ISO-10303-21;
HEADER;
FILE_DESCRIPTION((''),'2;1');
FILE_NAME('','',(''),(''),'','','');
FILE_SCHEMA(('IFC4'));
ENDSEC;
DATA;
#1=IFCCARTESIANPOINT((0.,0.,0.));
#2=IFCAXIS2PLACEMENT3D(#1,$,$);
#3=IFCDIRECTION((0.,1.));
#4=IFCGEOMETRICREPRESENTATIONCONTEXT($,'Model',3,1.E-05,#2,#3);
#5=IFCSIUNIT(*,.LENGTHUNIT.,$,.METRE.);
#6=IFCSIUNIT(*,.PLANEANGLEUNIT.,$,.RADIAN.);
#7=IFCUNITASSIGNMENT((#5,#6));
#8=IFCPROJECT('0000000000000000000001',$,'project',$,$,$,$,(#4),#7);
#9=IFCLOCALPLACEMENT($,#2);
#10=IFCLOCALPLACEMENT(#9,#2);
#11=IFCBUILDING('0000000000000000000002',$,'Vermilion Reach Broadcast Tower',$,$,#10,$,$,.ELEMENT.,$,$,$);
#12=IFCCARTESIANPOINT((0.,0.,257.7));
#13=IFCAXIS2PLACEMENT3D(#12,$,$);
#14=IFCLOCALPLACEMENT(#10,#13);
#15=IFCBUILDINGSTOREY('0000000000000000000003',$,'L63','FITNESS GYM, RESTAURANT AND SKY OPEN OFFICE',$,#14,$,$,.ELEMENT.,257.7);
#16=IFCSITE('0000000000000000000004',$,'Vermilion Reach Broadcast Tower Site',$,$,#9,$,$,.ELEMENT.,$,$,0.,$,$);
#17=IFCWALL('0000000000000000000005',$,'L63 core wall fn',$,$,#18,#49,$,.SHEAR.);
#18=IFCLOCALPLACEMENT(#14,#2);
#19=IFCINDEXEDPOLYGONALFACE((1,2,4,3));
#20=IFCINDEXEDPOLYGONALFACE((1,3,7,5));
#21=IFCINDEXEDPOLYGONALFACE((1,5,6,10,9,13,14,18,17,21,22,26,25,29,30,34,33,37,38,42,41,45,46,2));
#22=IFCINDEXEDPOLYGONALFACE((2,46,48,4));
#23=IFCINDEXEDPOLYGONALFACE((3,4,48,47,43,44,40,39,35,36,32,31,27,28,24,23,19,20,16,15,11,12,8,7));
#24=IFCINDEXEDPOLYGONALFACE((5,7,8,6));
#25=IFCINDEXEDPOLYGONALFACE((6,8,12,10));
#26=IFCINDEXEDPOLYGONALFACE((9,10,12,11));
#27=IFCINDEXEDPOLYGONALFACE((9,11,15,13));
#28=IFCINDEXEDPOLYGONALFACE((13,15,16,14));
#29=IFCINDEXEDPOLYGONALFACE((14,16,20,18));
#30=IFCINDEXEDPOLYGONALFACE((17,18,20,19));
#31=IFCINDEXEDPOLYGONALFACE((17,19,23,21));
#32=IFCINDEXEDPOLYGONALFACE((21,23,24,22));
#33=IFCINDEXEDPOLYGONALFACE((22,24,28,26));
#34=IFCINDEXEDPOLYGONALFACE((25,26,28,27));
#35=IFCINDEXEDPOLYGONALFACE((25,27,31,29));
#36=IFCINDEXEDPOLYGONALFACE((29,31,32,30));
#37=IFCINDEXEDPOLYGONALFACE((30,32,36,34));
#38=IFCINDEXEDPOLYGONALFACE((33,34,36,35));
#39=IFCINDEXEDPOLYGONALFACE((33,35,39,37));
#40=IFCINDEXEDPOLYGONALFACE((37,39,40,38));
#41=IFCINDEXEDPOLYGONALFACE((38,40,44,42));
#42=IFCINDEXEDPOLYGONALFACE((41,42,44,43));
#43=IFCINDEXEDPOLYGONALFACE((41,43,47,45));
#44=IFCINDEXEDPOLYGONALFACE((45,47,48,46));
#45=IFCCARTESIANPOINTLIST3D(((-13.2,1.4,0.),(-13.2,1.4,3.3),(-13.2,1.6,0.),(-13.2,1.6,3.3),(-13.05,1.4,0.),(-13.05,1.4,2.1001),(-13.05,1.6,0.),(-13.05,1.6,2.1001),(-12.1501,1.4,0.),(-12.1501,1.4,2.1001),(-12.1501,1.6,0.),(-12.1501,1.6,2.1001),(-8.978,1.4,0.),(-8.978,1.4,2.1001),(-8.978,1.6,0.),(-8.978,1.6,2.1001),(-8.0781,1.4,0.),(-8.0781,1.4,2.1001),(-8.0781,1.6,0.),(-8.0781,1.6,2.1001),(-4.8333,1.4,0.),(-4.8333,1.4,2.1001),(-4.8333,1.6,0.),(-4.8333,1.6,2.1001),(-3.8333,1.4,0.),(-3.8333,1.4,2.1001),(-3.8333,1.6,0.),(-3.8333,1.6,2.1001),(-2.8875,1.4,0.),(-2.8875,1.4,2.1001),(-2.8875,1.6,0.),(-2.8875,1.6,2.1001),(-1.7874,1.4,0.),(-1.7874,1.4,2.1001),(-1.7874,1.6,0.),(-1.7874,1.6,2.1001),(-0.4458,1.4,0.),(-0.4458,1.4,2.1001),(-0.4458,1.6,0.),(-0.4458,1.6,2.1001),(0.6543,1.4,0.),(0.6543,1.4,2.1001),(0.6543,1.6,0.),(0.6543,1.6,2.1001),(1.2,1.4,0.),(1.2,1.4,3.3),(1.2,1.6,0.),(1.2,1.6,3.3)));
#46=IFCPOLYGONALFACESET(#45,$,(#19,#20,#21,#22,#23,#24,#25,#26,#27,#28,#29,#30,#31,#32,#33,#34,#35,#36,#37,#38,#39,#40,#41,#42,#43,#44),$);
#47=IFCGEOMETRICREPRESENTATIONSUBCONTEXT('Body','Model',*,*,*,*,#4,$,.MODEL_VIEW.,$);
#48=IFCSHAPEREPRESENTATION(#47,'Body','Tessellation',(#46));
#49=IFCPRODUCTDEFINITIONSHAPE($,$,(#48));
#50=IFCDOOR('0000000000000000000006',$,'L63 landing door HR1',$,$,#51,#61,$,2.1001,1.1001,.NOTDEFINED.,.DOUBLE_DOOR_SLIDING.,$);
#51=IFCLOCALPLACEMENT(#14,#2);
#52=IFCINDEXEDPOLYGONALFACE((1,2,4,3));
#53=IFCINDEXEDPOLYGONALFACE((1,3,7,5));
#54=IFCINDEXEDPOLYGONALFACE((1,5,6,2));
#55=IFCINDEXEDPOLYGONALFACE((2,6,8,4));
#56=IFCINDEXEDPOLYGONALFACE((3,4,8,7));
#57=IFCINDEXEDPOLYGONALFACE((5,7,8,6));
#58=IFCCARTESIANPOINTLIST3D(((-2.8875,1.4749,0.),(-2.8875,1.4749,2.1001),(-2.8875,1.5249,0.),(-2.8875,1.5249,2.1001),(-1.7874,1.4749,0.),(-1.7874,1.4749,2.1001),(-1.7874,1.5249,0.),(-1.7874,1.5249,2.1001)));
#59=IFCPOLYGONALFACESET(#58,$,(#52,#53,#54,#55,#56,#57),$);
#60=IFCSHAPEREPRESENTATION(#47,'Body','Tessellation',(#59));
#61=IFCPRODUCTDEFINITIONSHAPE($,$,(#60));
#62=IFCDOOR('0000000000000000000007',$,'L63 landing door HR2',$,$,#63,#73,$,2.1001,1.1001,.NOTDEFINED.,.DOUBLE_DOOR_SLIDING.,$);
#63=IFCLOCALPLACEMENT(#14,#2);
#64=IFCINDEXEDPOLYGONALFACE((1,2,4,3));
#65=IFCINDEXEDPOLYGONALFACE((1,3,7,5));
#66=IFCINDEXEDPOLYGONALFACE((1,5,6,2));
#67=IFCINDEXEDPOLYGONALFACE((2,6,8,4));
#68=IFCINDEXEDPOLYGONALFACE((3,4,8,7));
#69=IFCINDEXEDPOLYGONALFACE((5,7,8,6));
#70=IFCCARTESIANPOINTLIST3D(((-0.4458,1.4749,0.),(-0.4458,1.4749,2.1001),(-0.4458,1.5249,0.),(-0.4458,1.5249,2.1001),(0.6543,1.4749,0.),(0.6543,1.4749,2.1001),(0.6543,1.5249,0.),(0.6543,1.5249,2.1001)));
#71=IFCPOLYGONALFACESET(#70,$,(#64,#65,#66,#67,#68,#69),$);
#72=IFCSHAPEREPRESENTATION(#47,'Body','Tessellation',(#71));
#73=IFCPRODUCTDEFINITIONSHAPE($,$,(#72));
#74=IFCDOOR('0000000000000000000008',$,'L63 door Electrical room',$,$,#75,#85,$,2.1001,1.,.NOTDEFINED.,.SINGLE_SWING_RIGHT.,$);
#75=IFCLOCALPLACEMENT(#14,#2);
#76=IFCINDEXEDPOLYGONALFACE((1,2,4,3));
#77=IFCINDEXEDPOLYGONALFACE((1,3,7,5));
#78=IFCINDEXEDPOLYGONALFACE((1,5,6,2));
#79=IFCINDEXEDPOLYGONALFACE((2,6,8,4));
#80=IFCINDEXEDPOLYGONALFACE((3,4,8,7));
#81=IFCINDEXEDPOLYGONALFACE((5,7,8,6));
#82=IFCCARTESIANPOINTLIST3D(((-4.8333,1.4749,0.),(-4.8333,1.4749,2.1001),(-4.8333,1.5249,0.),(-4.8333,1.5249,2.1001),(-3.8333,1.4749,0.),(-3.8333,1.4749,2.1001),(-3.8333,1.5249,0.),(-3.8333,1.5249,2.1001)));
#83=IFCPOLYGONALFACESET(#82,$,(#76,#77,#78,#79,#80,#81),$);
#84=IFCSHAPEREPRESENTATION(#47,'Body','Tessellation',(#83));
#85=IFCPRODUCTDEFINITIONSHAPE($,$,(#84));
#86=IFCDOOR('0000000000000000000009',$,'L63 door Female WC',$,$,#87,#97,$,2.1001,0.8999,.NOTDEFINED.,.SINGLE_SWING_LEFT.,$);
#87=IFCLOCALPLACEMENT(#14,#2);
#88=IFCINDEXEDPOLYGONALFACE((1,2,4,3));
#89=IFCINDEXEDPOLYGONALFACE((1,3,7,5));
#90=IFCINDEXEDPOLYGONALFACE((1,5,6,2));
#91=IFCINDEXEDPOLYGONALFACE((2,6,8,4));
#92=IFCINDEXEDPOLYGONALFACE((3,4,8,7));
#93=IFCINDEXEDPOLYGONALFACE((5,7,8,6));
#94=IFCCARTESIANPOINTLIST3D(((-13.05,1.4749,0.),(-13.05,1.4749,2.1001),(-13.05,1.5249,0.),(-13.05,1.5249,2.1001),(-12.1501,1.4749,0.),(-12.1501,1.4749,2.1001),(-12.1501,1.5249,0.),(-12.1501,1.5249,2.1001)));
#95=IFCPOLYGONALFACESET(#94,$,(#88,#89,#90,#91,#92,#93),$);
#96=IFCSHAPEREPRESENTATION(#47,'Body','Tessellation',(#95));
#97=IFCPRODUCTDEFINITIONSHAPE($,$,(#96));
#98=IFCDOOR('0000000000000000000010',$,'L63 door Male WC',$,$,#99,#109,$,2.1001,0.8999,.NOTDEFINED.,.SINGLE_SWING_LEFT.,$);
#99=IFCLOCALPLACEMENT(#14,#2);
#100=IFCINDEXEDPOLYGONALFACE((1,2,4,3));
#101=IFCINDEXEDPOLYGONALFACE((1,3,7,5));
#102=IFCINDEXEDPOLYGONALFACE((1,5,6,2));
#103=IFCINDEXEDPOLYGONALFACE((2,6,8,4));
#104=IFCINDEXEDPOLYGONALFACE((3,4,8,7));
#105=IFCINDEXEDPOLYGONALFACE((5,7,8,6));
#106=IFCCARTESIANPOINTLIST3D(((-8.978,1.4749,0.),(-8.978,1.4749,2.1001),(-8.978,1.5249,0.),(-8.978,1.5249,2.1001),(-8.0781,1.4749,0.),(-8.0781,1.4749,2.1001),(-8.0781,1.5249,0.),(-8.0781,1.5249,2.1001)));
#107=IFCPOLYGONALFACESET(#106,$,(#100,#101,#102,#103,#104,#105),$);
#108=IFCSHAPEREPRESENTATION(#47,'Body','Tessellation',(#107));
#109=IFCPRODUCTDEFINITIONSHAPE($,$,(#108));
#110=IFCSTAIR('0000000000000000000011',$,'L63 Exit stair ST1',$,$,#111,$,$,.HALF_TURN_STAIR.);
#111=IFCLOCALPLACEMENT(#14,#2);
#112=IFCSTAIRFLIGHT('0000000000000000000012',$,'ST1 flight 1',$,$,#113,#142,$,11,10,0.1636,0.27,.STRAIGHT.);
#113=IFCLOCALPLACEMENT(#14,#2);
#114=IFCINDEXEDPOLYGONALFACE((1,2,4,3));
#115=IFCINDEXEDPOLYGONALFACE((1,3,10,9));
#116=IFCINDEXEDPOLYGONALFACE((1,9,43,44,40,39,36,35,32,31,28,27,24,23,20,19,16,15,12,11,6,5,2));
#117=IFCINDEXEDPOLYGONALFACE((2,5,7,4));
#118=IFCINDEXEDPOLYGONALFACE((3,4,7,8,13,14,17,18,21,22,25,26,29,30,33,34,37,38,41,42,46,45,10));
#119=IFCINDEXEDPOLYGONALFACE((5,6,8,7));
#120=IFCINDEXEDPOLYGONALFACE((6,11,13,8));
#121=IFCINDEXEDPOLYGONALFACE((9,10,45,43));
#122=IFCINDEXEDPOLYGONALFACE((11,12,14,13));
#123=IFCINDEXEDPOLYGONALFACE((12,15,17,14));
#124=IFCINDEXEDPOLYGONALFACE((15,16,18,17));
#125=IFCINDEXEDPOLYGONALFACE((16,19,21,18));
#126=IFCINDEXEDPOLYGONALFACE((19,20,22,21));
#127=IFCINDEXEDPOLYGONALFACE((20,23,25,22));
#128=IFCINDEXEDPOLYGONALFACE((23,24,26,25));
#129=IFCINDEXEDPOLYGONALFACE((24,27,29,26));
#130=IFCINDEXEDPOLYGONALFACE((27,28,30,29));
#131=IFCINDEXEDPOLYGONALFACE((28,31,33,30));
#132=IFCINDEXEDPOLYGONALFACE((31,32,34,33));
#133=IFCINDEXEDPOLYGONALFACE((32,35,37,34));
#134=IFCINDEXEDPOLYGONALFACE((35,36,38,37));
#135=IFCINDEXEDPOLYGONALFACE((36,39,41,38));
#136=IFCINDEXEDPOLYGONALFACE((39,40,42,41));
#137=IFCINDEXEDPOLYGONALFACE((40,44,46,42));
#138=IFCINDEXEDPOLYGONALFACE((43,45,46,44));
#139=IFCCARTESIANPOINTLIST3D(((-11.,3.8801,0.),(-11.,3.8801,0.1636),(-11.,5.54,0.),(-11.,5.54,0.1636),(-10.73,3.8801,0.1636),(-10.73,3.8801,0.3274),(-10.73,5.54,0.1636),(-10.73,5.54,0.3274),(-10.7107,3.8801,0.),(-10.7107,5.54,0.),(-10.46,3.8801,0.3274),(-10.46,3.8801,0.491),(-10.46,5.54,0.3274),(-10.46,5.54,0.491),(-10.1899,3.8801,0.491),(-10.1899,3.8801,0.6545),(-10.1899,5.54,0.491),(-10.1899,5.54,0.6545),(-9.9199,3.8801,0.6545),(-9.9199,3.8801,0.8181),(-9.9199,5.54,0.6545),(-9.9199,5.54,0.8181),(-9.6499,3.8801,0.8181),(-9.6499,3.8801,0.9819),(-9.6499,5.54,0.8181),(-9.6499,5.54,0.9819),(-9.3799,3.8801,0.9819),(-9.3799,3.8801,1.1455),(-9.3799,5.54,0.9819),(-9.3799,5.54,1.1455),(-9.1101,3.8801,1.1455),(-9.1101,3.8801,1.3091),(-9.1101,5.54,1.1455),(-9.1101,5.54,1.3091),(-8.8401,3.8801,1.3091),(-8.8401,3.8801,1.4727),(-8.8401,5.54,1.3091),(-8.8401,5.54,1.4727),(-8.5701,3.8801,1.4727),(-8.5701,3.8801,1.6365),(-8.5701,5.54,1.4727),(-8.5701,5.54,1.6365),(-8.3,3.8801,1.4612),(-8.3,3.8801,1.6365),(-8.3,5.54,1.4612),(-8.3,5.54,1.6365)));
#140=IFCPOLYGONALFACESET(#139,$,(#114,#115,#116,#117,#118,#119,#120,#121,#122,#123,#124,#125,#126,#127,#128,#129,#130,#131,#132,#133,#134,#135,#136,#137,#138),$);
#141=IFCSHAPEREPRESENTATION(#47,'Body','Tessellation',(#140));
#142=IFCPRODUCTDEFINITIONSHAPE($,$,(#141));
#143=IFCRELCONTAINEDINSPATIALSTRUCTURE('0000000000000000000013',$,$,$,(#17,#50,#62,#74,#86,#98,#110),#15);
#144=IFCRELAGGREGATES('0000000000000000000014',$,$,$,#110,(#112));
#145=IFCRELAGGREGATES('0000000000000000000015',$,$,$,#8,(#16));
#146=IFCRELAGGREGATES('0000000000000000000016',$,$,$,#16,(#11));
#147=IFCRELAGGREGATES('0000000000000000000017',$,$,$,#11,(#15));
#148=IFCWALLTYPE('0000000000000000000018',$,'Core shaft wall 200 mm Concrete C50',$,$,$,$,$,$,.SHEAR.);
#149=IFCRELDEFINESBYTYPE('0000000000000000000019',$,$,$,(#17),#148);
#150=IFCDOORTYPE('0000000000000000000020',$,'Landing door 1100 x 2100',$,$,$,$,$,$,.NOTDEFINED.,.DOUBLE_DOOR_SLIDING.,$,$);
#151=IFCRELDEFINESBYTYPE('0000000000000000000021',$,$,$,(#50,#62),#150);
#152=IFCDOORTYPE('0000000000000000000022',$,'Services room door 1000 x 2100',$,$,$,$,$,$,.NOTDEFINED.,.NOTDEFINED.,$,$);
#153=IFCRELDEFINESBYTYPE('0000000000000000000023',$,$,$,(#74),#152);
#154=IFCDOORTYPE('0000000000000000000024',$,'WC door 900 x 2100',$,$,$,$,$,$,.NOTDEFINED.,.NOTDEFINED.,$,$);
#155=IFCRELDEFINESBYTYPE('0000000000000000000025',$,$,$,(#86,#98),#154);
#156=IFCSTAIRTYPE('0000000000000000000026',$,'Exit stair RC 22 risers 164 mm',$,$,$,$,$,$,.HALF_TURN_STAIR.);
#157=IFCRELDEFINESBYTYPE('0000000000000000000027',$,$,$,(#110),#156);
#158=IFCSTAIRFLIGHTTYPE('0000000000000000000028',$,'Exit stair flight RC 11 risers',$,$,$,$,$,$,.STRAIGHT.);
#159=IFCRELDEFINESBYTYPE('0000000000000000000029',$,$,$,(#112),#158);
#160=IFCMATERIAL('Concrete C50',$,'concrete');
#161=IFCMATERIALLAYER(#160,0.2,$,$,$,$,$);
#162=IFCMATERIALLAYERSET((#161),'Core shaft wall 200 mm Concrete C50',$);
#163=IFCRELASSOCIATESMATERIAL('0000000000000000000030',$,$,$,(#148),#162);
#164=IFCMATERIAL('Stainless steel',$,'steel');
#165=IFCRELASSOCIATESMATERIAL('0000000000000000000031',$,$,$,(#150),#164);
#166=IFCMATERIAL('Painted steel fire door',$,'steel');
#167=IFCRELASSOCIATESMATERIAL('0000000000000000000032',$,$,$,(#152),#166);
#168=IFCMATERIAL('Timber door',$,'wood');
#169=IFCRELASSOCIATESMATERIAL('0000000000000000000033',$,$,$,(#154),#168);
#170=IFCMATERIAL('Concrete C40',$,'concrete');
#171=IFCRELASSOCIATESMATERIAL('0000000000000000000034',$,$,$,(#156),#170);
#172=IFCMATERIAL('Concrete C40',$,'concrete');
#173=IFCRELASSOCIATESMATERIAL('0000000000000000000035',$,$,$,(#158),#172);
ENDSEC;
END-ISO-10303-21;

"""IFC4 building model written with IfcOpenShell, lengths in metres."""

from ifc_helpers import new_model, si_unit, direction, frame, frame_2d, origin, place, context, subcontext, project, spatial, polyline, rectangle, outline, extrude, material, layer, layer_set, type_object, element, fill, aggregate, save


model = new_model("IFC4")

# Units and contexts
model_context = context("Model", 3, precision=1e-05, world=origin(), true_north=direction((0.0, 1.0)))
body_context = subcontext(model_context, "Body", "Model", "MODEL_VIEW")
ifc_project = project(units=[si_unit("LENGTHUNIT", "METRE"), si_unit("PLANEANGLEUNIT", "RADIAN")], contexts=[model_context])

# Site, building, storey
site_placement = place(None, origin())
site = spatial("IfcSite", under=ifc_project, at=site_placement, Name="Vermilion Reach Broadcast Tower Site", CompositionType="ELEMENT", RefElevation=0.0)
building_placement = place(site_placement, origin())
building = spatial("IfcBuilding", under=site, at=building_placement, Name="Vermilion Reach Broadcast Tower", CompositionType="ELEMENT")
storey_placement = place(building_placement, frame((0.0, 0.0, 257.7)))
storey = spatial("IfcBuildingStorey", under=building, at=storey_placement, Name="L63", Description="FITNESS GYM, RESTAURANT AND SKY OPEN OFFICE", CompositionType="ELEMENT", Elevation=257.7)

# Wall, openings, doors
ifc_material_1 = material(Name="Concrete C50", Category="concrete")
ifc_layer_1 = layer(ifc_material_1, 0.2)
ifc_layer_set_1 = layer_set([ifc_layer_1], Name="Core shaft wall 200 mm Concrete C50")
wall_type_1 = type_object("IfcWallType", Name="Core shaft wall 200 mm Concrete C50", PredefinedType="SHEAR", material=ifc_layer_set_1)
wall_1_placement = place(storey_placement, frame((-13.2, 1.5, 0.0), z_axis=(0.0, 0.0, 1.0), x_axis=(1.0, 0.0, 0.0)))
wall_1 = element("IfcWall", 1, at=wall_1_placement, inside=storey, type_object=wall_type_1, Name="L63 core wall fn", PredefinedType="SHEAR", context=body_context, shape_type="SweptSolid", body=[
    extrude(rectangle(XDim=14.3999, YDim=0.2, at=frame_2d((7.2, 0.0))), origin(), (0.0, 0.0, 1.0), 3.3),
])
opening_1_placement = place(wall_1_placement, frame((10.3125, 0.0, 0.0)))
opening_1 = element("IfcOpeningElement", 2, at=opening_1_placement, cuts=wall_1, PredefinedType="OPENING", context=body_context, shape_type="SweptSolid", body=[
    extrude(rectangle(XDim=1.1001, YDim=2.1001, at=frame_2d((0.55, 1.05))), frame((0.0, 0.1099, 0.0), z_axis=(0.0, -1.0, 0.0), x_axis=(1.0, 0.0, 0.0)), (0.0, 0.0, 1.0), 0.22),
])
opening_2_placement = place(wall_1_placement, frame((12.7542, 0.0, 0.0)))
opening_2 = element("IfcOpeningElement", 3, at=opening_2_placement, cuts=wall_1, PredefinedType="OPENING", context=body_context, shape_type="SweptSolid", body=[
    extrude(rectangle(XDim=1.1001, YDim=2.1001, at=frame_2d((0.55, 1.05))), frame((0.0, 0.1099, 0.0), z_axis=(0.0, -1.0, 0.0), x_axis=(1.0, 0.0, 0.0)), (0.0, 0.0, 1.0), 0.22),
])
opening_3_placement = place(wall_1_placement, frame((0.1499, 0.0, 0.0)))
opening_3 = element("IfcOpeningElement", 4, at=opening_3_placement, cuts=wall_1, PredefinedType="OPENING", context=body_context, shape_type="SweptSolid", body=[
    extrude(rectangle(XDim=0.8999, YDim=2.1001, at=frame_2d((0.45, 1.05))), frame((0.0, 0.1099, 0.0), z_axis=(0.0, -1.0, 0.0), x_axis=(1.0, 0.0, 0.0)), (0.0, 0.0, 1.0), 0.22),
])
opening_4_placement = place(wall_1_placement, frame((4.2219, 0.0, 0.0)))
opening_4 = element("IfcOpeningElement", 5, at=opening_4_placement, cuts=wall_1, PredefinedType="OPENING", context=body_context, shape_type="SweptSolid", body=[
    extrude(rectangle(XDim=0.8999, YDim=2.1001, at=frame_2d((0.45, 1.05))), frame((0.0, 0.1099, 0.0), z_axis=(0.0, -1.0, 0.0), x_axis=(1.0, 0.0, 0.0)), (0.0, 0.0, 1.0), 0.22),
])
opening_5_placement = place(wall_1_placement, frame((8.3667, 0.0, 0.0)))
opening_5 = element("IfcOpeningElement", 6, at=opening_5_placement, cuts=wall_1, PredefinedType="OPENING", context=body_context, shape_type="SweptSolid", body=[
    extrude(rectangle(XDim=1.0, YDim=2.1001, at=frame_2d((0.5, 1.05))), frame((0.0, 0.1099, 0.0), z_axis=(0.0, -1.0, 0.0), x_axis=(1.0, 0.0, 0.0)), (0.0, 0.0, 1.0), 0.22),
])
ifc_material_2 = material(Name="Stainless steel", Category="steel")
door_type_1 = type_object("IfcDoorType", Name="Landing door 1100 x 2100", OperationType="DOUBLE_DOOR_SLIDING", PredefinedType="NOTDEFINED", material=ifc_material_2)
door_1_placement = place(opening_1_placement, origin())
door_1 = element("IfcDoor", 7, at=door_1_placement, inside=storey, type_object=door_type_1, Name="L63 landing door HR1", OperationType="DOUBLE_DOOR_SLIDING", OverallHeight=2.1001, OverallWidth=1.1001, PredefinedType="NOTDEFINED", context=body_context, shape_type="SweptSolid", body=[
    extrude(rectangle(XDim=1.1001, YDim=2.1001, at=frame_2d((0.55, 1.05))), frame((0.0, 0.0249, 0.0), z_axis=(0.0, -1.0, 0.0), x_axis=(1.0, 0.0, 0.0)), (0.0, 0.0, 1.0), 0.05),
])
fill(opening_1, door_1)
door_2_placement = place(opening_2_placement, origin())
door_2 = element("IfcDoor", 8, at=door_2_placement, inside=storey, type_object=door_type_1, Name="L63 landing door HR2", OperationType="DOUBLE_DOOR_SLIDING", OverallHeight=2.1001, OverallWidth=1.1001, PredefinedType="NOTDEFINED", context=body_context, shape_type="SweptSolid", body=[
    extrude(rectangle(XDim=1.1001, YDim=2.1001, at=frame_2d((0.55, 1.05))), frame((0.0, 0.0249, 0.0), z_axis=(0.0, -1.0, 0.0), x_axis=(1.0, 0.0, 0.0)), (0.0, 0.0, 1.0), 0.05),
])
fill(opening_2, door_2)
ifc_material_3 = material(Name="Painted steel fire door", Category="steel")
door_type_2 = type_object("IfcDoorType", Name="Services room door 1000 x 2100", OperationType="NOTDEFINED", PredefinedType="NOTDEFINED", material=ifc_material_3)
door_3_placement = place(opening_5_placement, origin())
door_3 = element("IfcDoor", 9, at=door_3_placement, inside=storey, type_object=door_type_2, Name="L63 door Electrical room", OperationType="SINGLE_SWING_RIGHT", OverallHeight=2.1001, OverallWidth=1.0, PredefinedType="NOTDEFINED", context=body_context, shape_type="SweptSolid", body=[
    extrude(rectangle(XDim=1.0, YDim=2.1001, at=frame_2d((0.5, 1.05))), frame((0.0, 0.0249, 0.0), z_axis=(0.0, -1.0, 0.0), x_axis=(1.0, 0.0, 0.0)), (0.0, 0.0, 1.0), 0.05),
])
fill(opening_5, door_3)
ifc_material_4 = material(Name="Timber door", Category="wood")
door_type_3 = type_object("IfcDoorType", Name="WC door 900 x 2100", OperationType="NOTDEFINED", PredefinedType="NOTDEFINED", material=ifc_material_4)
door_4_placement = place(opening_3_placement, origin())
door_4 = element("IfcDoor", 10, at=door_4_placement, inside=storey, type_object=door_type_3, Name="L63 door Female WC", OperationType="SINGLE_SWING_LEFT", OverallHeight=2.1001, OverallWidth=0.8999, PredefinedType="NOTDEFINED", context=body_context, shape_type="SweptSolid", body=[
    extrude(rectangle(XDim=0.8999, YDim=2.1001, at=frame_2d((0.45, 1.05))), frame((0.0, 0.0249, 0.0), z_axis=(0.0, -1.0, 0.0), x_axis=(1.0, 0.0, 0.0)), (0.0, 0.0, 1.0), 0.05),
])
fill(opening_3, door_4)
door_5_placement = place(opening_4_placement, origin())
door_5 = element("IfcDoor", 11, at=door_5_placement, inside=storey, type_object=door_type_3, Name="L63 door Male WC", OperationType="SINGLE_SWING_LEFT", OverallHeight=2.1001, OverallWidth=0.8999, PredefinedType="NOTDEFINED", context=body_context, shape_type="SweptSolid", body=[
    extrude(rectangle(XDim=0.8999, YDim=2.1001, at=frame_2d((0.45, 1.05))), frame((0.0, 0.0249, 0.0), z_axis=(0.0, -1.0, 0.0), x_axis=(1.0, 0.0, 0.0)), (0.0, 0.0, 1.0), 0.05),
])
fill(opening_4, door_5)

# Stair, stair flight
ifc_material_5 = material(Name="Concrete C40", Category="concrete")
stair_type = type_object("IfcStairType", Name="Exit stair RC 22 risers 164 mm", PredefinedType="HALF_TURN_STAIR", material=ifc_material_5)
stair_placement = place(storey_placement, origin())
stair = element("IfcStair", 12, at=stair_placement, inside=storey, type_object=stair_type, Name="L63 Exit stair ST1", PredefinedType="HALF_TURN_STAIR")
ifc_material_6 = material(Name="Concrete C40", Category="concrete")
stair_flight_type = type_object("IfcStairFlightType", Name="Exit stair flight RC 11 risers", PredefinedType="STRAIGHT", material=ifc_material_6)
stair_flight_1_placement = place(storey_placement, frame((-11.0, 4.71, 0.0), z_axis=(0.0, 0.0, 1.0), x_axis=(1.0, 0.0, 0.0)))
stair_flight_1 = element("IfcStairFlight", 13, at=stair_flight_1_placement, type_object=stair_flight_type, Name="ST1 flight 1", NumberOfRisers=11, NumberOfTreads=10, PredefinedType="STRAIGHT", RiserHeight=0.1636, TreadLength=0.27, context=body_context, shape_type="SweptSolid", body=[
    extrude(outline(polyline([(0.0, 0.0), (0.0, 0.1636), (0.27, 0.1636), (0.27, 0.3274), (0.54, 0.3274), (0.54, 0.491), (0.8101, 0.491), (0.8101, 0.6545), (1.0801, 0.6545), (1.0801, 0.8181), (1.3501, 0.8181), (1.3501, 0.9819), (1.6201, 0.9819), (1.6201, 1.1455), (1.8899, 1.1455), (1.8899, 1.3091), (2.1599, 1.3091), (2.1599, 1.4727), (2.4299, 1.4727), (2.4299, 1.6365), (2.7, 1.6365), (2.7, 1.8), (2.7, 1.4612), (0.2893, 0.0), (0.0, 0.0)])), frame((0.0, 0.8301, 0.0), z_axis=(0.0, -1.0, 0.0), x_axis=(1.0, 0.0, 0.0)), (0.0, 0.0, 1.0), 1.6599),
])
aggregate(stair, [stair_flight_1])

save(model, "model.ifc")
